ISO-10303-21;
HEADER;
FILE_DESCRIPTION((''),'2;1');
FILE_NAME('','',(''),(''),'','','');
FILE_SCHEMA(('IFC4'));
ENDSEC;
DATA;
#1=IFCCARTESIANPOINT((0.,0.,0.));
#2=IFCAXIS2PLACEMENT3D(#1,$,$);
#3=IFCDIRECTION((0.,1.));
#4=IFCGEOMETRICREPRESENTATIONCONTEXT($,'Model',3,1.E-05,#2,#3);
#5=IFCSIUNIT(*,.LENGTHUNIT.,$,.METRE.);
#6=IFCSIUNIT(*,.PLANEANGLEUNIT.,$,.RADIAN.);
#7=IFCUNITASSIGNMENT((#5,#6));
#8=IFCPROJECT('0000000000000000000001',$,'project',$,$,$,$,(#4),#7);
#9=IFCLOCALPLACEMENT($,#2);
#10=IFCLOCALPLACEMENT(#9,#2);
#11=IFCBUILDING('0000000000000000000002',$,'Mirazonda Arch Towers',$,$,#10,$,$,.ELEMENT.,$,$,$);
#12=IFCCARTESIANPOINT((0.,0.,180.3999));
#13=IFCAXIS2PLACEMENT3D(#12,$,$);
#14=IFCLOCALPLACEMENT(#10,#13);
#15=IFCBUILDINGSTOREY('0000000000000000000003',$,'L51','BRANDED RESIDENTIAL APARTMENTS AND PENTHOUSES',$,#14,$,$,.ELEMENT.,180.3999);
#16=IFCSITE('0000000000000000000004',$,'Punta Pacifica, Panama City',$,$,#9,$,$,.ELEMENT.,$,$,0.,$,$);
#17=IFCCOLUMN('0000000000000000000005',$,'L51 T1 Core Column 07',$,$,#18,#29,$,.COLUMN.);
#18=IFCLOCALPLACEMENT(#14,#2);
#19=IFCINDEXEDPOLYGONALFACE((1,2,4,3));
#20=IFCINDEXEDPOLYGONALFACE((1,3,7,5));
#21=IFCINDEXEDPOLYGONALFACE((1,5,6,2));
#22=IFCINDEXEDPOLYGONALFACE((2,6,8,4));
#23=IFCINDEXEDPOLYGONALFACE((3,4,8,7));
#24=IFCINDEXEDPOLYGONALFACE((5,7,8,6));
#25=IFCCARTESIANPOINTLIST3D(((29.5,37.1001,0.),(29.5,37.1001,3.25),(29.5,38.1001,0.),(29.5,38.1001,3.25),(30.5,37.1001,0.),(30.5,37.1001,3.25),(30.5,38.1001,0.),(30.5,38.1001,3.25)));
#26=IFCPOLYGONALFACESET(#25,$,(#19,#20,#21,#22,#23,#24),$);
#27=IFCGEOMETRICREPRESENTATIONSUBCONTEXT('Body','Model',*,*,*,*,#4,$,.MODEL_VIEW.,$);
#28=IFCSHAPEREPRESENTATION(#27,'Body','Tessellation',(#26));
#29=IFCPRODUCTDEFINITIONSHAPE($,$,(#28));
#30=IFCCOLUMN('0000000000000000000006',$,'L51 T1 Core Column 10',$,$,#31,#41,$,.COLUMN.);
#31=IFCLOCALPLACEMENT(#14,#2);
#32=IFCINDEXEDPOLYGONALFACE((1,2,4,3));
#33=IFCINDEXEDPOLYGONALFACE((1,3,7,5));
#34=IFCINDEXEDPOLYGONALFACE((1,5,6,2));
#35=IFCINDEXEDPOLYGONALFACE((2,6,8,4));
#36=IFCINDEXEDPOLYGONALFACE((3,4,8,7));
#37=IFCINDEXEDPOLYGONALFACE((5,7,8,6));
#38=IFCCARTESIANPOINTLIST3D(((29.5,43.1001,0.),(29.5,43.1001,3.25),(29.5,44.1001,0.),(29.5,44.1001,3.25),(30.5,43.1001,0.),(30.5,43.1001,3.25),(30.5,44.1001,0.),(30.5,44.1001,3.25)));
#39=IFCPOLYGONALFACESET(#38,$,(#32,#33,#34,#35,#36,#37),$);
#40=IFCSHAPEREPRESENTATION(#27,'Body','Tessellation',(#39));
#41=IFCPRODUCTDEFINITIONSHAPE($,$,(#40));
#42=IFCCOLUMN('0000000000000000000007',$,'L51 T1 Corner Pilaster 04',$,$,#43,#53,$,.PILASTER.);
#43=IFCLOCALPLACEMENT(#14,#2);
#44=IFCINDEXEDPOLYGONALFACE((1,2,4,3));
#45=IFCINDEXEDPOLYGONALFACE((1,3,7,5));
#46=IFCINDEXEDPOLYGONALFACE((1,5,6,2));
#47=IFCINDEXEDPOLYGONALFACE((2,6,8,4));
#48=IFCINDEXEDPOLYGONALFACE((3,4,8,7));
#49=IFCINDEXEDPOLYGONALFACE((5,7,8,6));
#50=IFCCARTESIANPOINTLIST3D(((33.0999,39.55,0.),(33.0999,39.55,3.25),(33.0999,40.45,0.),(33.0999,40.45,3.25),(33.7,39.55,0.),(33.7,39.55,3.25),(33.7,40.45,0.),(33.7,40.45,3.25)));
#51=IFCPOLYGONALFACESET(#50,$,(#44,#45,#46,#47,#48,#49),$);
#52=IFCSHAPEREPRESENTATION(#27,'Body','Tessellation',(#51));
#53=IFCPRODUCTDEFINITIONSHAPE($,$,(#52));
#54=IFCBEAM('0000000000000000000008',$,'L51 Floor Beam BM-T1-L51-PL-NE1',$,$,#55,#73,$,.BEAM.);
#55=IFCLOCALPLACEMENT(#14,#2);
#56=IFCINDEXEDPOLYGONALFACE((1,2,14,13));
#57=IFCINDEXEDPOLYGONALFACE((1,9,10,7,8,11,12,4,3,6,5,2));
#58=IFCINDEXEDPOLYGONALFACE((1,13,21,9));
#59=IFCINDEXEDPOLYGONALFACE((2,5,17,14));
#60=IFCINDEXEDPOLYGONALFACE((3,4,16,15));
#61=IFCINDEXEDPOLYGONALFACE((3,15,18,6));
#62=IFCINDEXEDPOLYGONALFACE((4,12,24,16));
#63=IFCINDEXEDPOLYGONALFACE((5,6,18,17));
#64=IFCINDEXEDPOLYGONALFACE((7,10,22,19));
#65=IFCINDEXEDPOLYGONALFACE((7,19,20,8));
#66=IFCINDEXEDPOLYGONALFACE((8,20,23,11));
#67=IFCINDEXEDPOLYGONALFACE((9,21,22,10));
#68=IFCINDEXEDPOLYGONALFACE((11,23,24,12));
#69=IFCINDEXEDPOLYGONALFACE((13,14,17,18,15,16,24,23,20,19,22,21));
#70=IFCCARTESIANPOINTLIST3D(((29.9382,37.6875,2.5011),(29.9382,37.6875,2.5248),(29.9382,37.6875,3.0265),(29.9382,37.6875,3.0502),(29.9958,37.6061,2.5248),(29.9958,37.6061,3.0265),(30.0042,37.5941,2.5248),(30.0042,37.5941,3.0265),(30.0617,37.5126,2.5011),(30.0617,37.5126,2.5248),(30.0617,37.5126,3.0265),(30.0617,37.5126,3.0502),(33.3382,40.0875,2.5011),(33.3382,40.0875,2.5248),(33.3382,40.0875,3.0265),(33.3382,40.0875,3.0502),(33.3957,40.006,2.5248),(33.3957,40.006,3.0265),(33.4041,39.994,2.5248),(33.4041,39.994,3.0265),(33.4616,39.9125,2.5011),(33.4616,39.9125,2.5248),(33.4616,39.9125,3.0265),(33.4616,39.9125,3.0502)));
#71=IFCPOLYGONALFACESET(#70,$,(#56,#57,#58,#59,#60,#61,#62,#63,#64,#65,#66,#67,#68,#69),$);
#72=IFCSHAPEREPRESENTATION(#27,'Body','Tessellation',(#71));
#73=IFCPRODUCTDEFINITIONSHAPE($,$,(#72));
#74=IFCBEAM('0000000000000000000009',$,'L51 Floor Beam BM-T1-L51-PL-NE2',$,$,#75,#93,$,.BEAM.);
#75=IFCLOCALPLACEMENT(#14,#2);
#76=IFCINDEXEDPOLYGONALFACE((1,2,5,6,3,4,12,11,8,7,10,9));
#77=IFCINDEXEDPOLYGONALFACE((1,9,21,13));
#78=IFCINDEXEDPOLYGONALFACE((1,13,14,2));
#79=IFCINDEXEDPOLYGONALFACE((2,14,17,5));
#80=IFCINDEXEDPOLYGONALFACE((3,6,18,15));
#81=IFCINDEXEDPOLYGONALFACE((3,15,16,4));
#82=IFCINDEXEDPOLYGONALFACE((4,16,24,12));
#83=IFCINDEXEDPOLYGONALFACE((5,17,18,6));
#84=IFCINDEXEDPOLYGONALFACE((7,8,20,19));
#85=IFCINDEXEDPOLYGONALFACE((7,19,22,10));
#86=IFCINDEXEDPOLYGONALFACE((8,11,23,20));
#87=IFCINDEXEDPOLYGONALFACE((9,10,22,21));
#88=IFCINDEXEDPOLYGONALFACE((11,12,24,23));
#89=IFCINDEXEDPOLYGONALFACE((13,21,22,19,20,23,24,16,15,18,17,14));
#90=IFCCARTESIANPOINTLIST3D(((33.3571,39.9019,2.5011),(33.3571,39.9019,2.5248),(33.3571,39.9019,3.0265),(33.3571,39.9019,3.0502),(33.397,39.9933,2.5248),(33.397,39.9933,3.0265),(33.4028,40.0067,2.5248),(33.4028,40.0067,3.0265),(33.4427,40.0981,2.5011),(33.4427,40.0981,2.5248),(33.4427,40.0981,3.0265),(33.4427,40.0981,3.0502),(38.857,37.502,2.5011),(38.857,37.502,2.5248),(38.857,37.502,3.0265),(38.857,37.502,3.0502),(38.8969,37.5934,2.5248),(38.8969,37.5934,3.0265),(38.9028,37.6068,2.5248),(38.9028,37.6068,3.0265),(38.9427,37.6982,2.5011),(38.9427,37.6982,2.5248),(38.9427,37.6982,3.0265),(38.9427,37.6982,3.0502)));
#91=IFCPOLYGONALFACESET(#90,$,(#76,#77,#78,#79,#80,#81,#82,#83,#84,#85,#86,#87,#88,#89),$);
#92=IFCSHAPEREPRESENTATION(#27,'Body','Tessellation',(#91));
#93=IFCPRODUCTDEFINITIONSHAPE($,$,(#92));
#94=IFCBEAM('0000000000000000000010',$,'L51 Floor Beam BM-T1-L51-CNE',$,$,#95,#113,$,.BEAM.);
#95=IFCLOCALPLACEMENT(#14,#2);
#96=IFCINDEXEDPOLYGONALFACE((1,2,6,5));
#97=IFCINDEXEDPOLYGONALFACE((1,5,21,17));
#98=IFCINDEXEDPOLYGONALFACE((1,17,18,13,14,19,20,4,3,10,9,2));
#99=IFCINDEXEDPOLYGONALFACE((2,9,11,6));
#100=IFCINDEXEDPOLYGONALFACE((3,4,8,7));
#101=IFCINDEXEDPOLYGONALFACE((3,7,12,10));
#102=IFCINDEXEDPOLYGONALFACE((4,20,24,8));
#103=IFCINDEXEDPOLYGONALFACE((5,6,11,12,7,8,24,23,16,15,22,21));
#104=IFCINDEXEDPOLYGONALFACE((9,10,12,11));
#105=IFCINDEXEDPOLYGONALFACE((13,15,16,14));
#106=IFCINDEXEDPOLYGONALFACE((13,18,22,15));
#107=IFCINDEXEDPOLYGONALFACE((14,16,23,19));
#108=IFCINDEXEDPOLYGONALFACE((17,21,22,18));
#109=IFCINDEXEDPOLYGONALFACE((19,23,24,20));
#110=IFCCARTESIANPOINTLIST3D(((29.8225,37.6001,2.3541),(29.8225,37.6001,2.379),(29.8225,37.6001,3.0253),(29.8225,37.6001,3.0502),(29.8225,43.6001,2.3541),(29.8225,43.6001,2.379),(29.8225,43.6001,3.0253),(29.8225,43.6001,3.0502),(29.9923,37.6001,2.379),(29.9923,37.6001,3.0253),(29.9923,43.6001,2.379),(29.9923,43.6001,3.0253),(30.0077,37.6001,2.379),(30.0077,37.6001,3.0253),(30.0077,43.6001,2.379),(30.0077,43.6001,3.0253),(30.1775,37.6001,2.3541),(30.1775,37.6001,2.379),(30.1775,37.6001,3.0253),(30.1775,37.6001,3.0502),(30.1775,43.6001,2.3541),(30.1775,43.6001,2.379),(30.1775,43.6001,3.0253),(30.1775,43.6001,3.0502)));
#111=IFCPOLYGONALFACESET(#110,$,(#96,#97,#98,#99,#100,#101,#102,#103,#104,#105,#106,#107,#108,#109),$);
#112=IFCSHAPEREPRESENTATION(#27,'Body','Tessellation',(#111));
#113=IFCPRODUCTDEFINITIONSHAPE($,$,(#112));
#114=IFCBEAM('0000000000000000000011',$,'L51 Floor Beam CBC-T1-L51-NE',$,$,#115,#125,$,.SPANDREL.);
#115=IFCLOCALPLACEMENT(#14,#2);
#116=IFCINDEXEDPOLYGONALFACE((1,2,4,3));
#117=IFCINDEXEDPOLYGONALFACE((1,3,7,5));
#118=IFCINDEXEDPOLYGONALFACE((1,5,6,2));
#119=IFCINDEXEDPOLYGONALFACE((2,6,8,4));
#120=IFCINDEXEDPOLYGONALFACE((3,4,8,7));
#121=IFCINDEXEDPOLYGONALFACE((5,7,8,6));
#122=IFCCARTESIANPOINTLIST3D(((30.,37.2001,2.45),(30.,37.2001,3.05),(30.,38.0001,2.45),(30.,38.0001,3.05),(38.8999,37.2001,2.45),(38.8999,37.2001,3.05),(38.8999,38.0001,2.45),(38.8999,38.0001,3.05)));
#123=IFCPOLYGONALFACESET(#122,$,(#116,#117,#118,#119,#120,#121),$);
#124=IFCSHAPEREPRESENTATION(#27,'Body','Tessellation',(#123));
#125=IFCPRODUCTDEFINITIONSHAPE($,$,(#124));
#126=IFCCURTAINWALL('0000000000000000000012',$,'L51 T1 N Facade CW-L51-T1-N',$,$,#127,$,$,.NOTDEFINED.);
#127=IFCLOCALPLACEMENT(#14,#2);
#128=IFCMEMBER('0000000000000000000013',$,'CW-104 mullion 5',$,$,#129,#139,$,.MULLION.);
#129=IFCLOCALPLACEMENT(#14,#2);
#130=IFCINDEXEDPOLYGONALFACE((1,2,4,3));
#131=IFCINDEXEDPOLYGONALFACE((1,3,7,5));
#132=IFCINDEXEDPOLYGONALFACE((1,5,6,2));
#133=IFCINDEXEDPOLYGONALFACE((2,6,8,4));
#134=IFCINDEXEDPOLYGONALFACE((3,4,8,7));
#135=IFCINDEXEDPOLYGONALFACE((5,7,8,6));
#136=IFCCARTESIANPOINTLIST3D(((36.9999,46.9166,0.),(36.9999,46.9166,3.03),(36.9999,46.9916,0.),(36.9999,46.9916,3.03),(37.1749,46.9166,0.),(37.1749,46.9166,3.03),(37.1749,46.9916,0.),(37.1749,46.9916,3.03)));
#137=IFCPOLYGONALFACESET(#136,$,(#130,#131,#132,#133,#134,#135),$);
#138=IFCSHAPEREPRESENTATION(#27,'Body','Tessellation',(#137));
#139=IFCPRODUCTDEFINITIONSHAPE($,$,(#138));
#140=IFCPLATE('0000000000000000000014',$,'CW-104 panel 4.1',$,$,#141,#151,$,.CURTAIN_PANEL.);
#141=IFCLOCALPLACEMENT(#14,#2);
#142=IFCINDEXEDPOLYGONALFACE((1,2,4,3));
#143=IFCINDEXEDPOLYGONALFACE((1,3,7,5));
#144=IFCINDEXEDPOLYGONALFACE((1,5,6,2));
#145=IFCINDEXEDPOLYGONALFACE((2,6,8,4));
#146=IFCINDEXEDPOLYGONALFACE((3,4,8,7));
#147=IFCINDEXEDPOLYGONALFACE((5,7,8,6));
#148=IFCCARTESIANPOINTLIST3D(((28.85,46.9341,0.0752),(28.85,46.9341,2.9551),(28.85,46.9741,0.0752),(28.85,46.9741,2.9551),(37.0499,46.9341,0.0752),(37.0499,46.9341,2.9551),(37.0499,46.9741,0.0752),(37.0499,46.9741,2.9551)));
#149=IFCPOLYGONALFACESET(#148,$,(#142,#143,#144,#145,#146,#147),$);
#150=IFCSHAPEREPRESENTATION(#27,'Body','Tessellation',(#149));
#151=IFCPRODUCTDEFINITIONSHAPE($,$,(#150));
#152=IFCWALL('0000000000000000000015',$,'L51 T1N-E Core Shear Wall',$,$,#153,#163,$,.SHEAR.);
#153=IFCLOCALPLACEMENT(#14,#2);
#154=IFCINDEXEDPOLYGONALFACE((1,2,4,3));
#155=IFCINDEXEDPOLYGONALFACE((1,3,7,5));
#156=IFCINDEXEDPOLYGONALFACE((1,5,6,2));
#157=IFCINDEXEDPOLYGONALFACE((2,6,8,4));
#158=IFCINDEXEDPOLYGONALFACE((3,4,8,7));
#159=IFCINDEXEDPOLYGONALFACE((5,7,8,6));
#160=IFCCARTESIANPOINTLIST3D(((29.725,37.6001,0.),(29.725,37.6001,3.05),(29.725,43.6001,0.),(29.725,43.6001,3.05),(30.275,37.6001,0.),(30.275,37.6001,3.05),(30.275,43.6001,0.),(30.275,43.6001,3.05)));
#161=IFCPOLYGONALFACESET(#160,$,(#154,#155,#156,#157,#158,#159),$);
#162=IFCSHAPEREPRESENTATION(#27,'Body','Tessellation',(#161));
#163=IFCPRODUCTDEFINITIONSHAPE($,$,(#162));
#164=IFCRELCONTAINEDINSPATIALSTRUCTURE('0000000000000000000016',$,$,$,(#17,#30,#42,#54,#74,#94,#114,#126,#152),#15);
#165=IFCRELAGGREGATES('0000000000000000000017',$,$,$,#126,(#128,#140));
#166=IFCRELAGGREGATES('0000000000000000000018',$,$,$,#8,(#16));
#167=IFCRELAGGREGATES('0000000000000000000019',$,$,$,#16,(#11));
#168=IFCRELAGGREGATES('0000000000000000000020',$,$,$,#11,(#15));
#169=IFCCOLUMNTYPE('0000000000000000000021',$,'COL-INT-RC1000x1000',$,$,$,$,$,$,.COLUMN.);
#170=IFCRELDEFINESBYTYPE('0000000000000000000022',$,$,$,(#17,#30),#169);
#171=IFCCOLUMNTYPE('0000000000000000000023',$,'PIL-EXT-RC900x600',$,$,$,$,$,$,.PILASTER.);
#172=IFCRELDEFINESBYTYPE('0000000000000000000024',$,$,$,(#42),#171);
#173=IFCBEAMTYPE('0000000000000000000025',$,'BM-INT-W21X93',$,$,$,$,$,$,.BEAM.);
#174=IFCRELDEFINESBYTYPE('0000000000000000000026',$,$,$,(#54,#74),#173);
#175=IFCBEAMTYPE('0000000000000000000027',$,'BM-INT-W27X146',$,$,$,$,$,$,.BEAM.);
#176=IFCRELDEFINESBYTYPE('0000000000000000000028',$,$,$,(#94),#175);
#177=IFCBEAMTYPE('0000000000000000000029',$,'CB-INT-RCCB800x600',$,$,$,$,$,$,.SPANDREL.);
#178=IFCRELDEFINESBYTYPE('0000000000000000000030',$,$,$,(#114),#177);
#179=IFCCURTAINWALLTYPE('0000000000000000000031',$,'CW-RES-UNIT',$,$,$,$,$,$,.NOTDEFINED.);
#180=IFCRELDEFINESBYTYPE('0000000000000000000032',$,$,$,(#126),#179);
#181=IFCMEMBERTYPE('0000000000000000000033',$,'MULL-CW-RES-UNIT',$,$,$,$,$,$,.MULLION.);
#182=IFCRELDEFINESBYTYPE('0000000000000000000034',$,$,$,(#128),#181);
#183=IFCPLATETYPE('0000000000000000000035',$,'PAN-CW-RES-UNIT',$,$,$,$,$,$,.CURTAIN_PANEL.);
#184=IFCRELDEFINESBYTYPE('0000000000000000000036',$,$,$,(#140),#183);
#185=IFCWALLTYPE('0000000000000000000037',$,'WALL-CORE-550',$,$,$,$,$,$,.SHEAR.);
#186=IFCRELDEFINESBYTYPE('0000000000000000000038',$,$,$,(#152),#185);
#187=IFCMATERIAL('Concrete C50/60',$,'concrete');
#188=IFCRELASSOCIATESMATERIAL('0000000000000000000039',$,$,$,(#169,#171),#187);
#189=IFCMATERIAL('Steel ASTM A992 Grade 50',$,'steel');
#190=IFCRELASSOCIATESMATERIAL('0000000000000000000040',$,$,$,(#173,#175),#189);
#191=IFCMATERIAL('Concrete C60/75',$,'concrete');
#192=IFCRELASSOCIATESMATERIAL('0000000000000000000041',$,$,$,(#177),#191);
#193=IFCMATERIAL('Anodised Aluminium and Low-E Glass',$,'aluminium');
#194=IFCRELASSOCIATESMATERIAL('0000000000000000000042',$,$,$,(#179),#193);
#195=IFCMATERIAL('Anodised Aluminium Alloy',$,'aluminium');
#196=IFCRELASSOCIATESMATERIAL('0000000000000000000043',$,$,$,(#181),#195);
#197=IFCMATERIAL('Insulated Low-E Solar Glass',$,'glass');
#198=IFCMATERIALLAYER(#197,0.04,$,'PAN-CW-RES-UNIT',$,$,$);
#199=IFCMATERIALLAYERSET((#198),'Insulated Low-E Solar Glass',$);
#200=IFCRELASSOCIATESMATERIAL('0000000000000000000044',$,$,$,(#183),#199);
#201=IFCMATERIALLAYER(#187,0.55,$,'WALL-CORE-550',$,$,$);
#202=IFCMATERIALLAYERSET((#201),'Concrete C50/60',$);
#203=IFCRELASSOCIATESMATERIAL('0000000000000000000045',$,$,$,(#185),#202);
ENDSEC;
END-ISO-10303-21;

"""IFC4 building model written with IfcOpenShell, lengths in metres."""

from ifc_helpers import new_model, si_unit, direction, frame, frame_2d, origin, origin_2d, place, context, subcontext, project, spatial, rectangle, i_section, extrude, material, layer, layer_set, material_profile, profile_set, type_object, element, aggregate, save


model = new_model("IFC4")

# Units and contexts
model_context = context("Model", 3, precision=1e-05, world=origin(), true_north=direction((0.0, 1.0)))
body_context = subcontext(model_context, "Body", "Model", "MODEL_VIEW")
ifc_project = project(units=[si_unit("LENGTHUNIT", "METRE"), si_unit("PLANEANGLEUNIT", "RADIAN")], contexts=[model_context])

# Site, building, storey
site_placement = place(None, origin())
site = spatial("IfcSite", under=ifc_project, at=site_placement, Name="Punta Pacifica, Panama City", CompositionType="ELEMENT", RefElevation=0.0)
building_placement = place(site_placement, origin())
building = spatial("IfcBuilding", under=site, at=building_placement, Name="Mirazonda Arch Towers", CompositionType="ELEMENT")
storey_placement = place(building_placement, frame((0.0, 0.0, 180.3999)))
storey = spatial("IfcBuildingStorey", under=building, at=storey_placement, Name="L51", Description="BRANDED RESIDENTIAL APARTMENTS AND PENTHOUSES", CompositionType="ELEMENT", Elevation=180.3999)

# Columns
ifc_material_1 = material(Name="Concrete C50/60", Category="concrete")
ifc_material_profile_1 = material_profile(ifc_material_1, rectangle(XDim=1.0, YDim=1.0, at=origin_2d()), Name="RC1000x1000")
ifc_profile_set_1 = profile_set([ifc_material_profile_1], Name="Concrete C50/60")
column_type_1 = type_object("IfcColumnType", Name="COL-INT-RC1000x1000", PredefinedType="COLUMN", material=ifc_profile_set_1)
for number, where, z_axis, x_axis, name in (
    (1, (30.0, 37.6001, 0.0), (0.0, 0.0, 1.0), (1.0, 0.0, 0.0), "L51 T1 Core Column 07"),
    (2, (30.0, 43.6001, 0.0), (0.0, 0.0, 1.0), (1.0, 0.0, 0.0), "L51 T1 Core Column 10"),
):
    element("IfcColumn", number, at=place(storey_placement, frame(where, z_axis=z_axis, x_axis=x_axis)), inside=storey, type_object=column_type_1, Name=name, PredefinedType="COLUMN", context=body_context, shape_type="SweptSolid", body=[
        extrude(rectangle(XDim=1.0, YDim=1.0, at=origin_2d()), origin(), (0.0, 0.0, 1.0), 3.25),
    ])
ifc_material_profile_2 = material_profile(ifc_material_1, rectangle(XDim=0.6001, YDim=0.8999, at=origin_2d()), Name="RC900x600")
ifc_profile_set_2 = profile_set([ifc_material_profile_2], Name="Concrete C50/60")
column_type_2 = type_object("IfcColumnType", Name="PIL-EXT-RC900x600", PredefinedType="PILASTER", material=ifc_profile_set_2)
column_placement = place(storey_placement, frame((33.3999, 40.0, 0.0), z_axis=(0.0, 0.0, 1.0), x_axis=(1.0, 0.0, 0.0)))
element("IfcColumn", 3, at=column_placement, inside=storey, type_object=column_type_2, Name="L51 T1 Corner Pilaster 04", PredefinedType="PILASTER", context=body_context, shape_type="SweptSolid", body=[
    extrude(rectangle(XDim=0.6001, YDim=0.8999, at=origin_2d()), origin(), (0.0, 0.0, 1.0), 3.25),
])

# Beams
ifc_material_2 = material(Name="Steel ASTM A992 Grade 50", Category="steel")
ifc_material_profile_3 = material_profile(ifc_material_2, i_section(OverallWidth=0.2141, OverallDepth=0.5491, WebThickness=0.0146, FlangeThickness=0.0237, at=origin_2d()), Name="W21X93")
ifc_profile_set_3 = profile_set([ifc_material_profile_3], Name="Steel ASTM A992 Grade 50")
beam_type_1 = type_object("IfcBeamType", Name="BM-INT-W21X93", PredefinedType="BEAM", material=ifc_profile_set_3)
beam_1_placement = place(storey_placement, frame((33.3999, 40.0, 2.7756), z_axis=(-0.816971, -0.576679, 0.0), x_axis=(0.576679, -0.816971, 0.0)))
element("IfcBeam", 4, at=beam_1_placement, inside=storey, type_object=beam_type_1, Name="L51 Floor Beam BM-T1-L51-PL-NE1", PredefinedType="BEAM", context=body_context, shape_type="SweptSolid", body=[
    extrude(i_section(OverallWidth=0.2141, OverallDepth=0.5491, WebThickness=0.0146, FlangeThickness=0.0237, at=origin_2d()), origin(), (0.0, 0.0, 1.0), 4.1616),
])
beam_2_placement = place(storey_placement, frame((33.3999, 40.0, 2.7756), z_axis=(0.916545, -0.399931, 0.0), x_axis=(0.399931, 0.916545, 0.0)))
element("IfcBeam", 5, at=beam_2_placement, inside=storey, type_object=beam_type_1, Name="L51 Floor Beam BM-T1-L51-PL-NE2", PredefinedType="BEAM", context=body_context, shape_type="SweptSolid", body=[
    extrude(i_section(OverallWidth=0.2141, OverallDepth=0.5491, WebThickness=0.0146, FlangeThickness=0.0237, at=origin_2d()), origin(), (0.0, 0.0, 1.0), 6.0007),
])
ifc_material_profile_4 = material_profile(ifc_material_2, i_section(OverallWidth=0.355, OverallDepth=0.696, WebThickness=0.0154, FlangeThickness=0.0249, at=origin_2d()), Name="W27X146")
ifc_profile_set_4 = profile_set([ifc_material_profile_4], Name="Steel ASTM A992 Grade 50")
beam_type_2 = type_object("IfcBeamType", Name="BM-INT-W27X146", PredefinedType="BEAM", material=ifc_profile_set_4)
beam_3_placement = place(storey_placement, frame((30.0, 37.6001, 2.7021), z_axis=(0.0, 1.0, 0.0), x_axis=(-1.0, 0.0, 0.0)))
element("IfcBeam", 6, at=beam_3_placement, inside=storey, type_object=beam_type_2, Name="L51 Floor Beam BM-T1-L51-CNE", PredefinedType="BEAM", context=body_context, shape_type="SweptSolid", body=[
    extrude(i_section(OverallWidth=0.355, OverallDepth=0.696, WebThickness=0.0154, FlangeThickness=0.0249, at=origin_2d()), origin(), (0.0, 0.0, 1.0), 6.0),
])
ifc_material_3 = material(Name="Concrete C60/75", Category="concrete")
ifc_material_profile_5 = material_profile(ifc_material_3, rectangle(XDim=0.8, YDim=0.6001, at=origin_2d()), Name="RCCB800x600")
ifc_profile_set_5 = profile_set([ifc_material_profile_5], Name="Concrete C60/75")
beam_type_3 = type_object("IfcBeamType", Name="CB-INT-RCCB800x600", PredefinedType="SPANDREL", material=ifc_profile_set_5)
beam_4_placement = place(storey_placement, frame((30.0, 37.6001, 2.75), z_axis=(1.0, 0.0, 0.0), x_axis=(0.0, 1.0, 0.0)))
element("IfcBeam", 7, at=beam_4_placement, inside=storey, type_object=beam_type_3, Name="L51 Floor Beam CBC-T1-L51-NE", PredefinedType="SPANDREL", context=body_context, shape_type="SweptSolid", body=[
    extrude(rectangle(XDim=0.8, YDim=0.6001, at=origin_2d()), origin(), (0.0, 0.0, 1.0), 8.8999),
])

# Curtain wall, member, plate
ifc_material_4 = material(Name="Anodised Aluminium and Low-E Glass", Category="aluminium")
curtain_wall_type = type_object("IfcCurtainWallType", Name="CW-RES-UNIT", PredefinedType="NOTDEFINED", material=ifc_material_4)
curtain_wall_placement = place(storey_placement, origin())
curtain_wall = element("IfcCurtainWall", 8, at=curtain_wall_placement, inside=storey, type_object=curtain_wall_type, Name="L51 T1 N Facade CW-L51-T1-N", PredefinedType="NOTDEFINED")
ifc_material_5 = material(Name="Anodised Aluminium Alloy", Category="aluminium")
ifc_material_profile_6 = material_profile(ifc_material_5, rectangle(XDim=0.075, YDim=0.175, at=origin_2d()), Name="ALU-MULL-75x175")
ifc_profile_set_6 = profile_set([ifc_material_profile_6], Name="Anodised Aluminium Alloy")
member_type = type_object("IfcMemberType", Name="MULL-CW-RES-UNIT", PredefinedType="MULLION", material=ifc_profile_set_6)
member_placement = place(storey_placement, frame((37.0874, 46.9541, 0.0), z_axis=(0.0, 0.0, 1.0), x_axis=(0.0, 1.0, 0.0)))
member = element("IfcMember", 9, at=member_placement, type_object=member_type, Name="CW-104 mullion 5", PredefinedType="MULLION", context=body_context, shape_type="SweptSolid", body=[
    extrude(rectangle(XDim=0.075, YDim=0.175, at=origin_2d()), origin(), (0.0, 0.0, 1.0), 3.03),
])
ifc_material_6 = material(Name="Insulated Low-E Solar Glass", Category="glass")
ifc_layer_1 = layer(ifc_material_6, 0.04, Name="PAN-CW-RES-UNIT")
ifc_layer_set_1 = layer_set([ifc_layer_1], Name="Insulated Low-E Solar Glass")
plate_type = type_object("IfcPlateType", Name="PAN-CW-RES-UNIT", PredefinedType="CURTAIN_PANEL", material=ifc_layer_set_1)
plate_placement = place(storey_placement, frame((32.95, 46.9541, 0.0752), z_axis=(0.0, 0.0, 1.0), x_axis=(1.0, 0.0, 0.0)))
plate = element("IfcPlate", 10, at=plate_placement, type_object=plate_type, Name="CW-104 panel 4.1", PredefinedType="CURTAIN_PANEL", context=body_context, shape_type="SweptSolid", body=[
    extrude(rectangle(XDim=8.2, YDim=0.04, at=origin_2d()), origin(), (0.0, 0.0, 1.0), 2.8799),
])
aggregate(curtain_wall, [member, plate])

# Wall
ifc_layer_2 = layer(ifc_material_1, 0.55, Name="WALL-CORE-550")
ifc_layer_set_2 = layer_set([ifc_layer_2], Name="Concrete C50/60")
wall_type_1 = type_object("IfcWallType", Name="WALL-CORE-550", PredefinedType="SHEAR", material=ifc_layer_set_2)
wall_1_placement = place(storey_placement, frame((30.0, 37.6001, 0.0), z_axis=(0.0, 0.0, 1.0), x_axis=(0.0, 1.0, 0.0)))
element("IfcWall", 11, at=wall_1_placement, inside=storey, type_object=wall_type_1, Name="L51 T1N-E Core Shear Wall", PredefinedType="SHEAR", context=body_context, shape_type="SweptSolid", body=[
    extrude(rectangle(XDim=6.0, YDim=0.55, at=frame_2d((3.0, 0.0))), origin(), (0.0, 0.0, 1.0), 3.05),
])

save(model, "model.ifc")
